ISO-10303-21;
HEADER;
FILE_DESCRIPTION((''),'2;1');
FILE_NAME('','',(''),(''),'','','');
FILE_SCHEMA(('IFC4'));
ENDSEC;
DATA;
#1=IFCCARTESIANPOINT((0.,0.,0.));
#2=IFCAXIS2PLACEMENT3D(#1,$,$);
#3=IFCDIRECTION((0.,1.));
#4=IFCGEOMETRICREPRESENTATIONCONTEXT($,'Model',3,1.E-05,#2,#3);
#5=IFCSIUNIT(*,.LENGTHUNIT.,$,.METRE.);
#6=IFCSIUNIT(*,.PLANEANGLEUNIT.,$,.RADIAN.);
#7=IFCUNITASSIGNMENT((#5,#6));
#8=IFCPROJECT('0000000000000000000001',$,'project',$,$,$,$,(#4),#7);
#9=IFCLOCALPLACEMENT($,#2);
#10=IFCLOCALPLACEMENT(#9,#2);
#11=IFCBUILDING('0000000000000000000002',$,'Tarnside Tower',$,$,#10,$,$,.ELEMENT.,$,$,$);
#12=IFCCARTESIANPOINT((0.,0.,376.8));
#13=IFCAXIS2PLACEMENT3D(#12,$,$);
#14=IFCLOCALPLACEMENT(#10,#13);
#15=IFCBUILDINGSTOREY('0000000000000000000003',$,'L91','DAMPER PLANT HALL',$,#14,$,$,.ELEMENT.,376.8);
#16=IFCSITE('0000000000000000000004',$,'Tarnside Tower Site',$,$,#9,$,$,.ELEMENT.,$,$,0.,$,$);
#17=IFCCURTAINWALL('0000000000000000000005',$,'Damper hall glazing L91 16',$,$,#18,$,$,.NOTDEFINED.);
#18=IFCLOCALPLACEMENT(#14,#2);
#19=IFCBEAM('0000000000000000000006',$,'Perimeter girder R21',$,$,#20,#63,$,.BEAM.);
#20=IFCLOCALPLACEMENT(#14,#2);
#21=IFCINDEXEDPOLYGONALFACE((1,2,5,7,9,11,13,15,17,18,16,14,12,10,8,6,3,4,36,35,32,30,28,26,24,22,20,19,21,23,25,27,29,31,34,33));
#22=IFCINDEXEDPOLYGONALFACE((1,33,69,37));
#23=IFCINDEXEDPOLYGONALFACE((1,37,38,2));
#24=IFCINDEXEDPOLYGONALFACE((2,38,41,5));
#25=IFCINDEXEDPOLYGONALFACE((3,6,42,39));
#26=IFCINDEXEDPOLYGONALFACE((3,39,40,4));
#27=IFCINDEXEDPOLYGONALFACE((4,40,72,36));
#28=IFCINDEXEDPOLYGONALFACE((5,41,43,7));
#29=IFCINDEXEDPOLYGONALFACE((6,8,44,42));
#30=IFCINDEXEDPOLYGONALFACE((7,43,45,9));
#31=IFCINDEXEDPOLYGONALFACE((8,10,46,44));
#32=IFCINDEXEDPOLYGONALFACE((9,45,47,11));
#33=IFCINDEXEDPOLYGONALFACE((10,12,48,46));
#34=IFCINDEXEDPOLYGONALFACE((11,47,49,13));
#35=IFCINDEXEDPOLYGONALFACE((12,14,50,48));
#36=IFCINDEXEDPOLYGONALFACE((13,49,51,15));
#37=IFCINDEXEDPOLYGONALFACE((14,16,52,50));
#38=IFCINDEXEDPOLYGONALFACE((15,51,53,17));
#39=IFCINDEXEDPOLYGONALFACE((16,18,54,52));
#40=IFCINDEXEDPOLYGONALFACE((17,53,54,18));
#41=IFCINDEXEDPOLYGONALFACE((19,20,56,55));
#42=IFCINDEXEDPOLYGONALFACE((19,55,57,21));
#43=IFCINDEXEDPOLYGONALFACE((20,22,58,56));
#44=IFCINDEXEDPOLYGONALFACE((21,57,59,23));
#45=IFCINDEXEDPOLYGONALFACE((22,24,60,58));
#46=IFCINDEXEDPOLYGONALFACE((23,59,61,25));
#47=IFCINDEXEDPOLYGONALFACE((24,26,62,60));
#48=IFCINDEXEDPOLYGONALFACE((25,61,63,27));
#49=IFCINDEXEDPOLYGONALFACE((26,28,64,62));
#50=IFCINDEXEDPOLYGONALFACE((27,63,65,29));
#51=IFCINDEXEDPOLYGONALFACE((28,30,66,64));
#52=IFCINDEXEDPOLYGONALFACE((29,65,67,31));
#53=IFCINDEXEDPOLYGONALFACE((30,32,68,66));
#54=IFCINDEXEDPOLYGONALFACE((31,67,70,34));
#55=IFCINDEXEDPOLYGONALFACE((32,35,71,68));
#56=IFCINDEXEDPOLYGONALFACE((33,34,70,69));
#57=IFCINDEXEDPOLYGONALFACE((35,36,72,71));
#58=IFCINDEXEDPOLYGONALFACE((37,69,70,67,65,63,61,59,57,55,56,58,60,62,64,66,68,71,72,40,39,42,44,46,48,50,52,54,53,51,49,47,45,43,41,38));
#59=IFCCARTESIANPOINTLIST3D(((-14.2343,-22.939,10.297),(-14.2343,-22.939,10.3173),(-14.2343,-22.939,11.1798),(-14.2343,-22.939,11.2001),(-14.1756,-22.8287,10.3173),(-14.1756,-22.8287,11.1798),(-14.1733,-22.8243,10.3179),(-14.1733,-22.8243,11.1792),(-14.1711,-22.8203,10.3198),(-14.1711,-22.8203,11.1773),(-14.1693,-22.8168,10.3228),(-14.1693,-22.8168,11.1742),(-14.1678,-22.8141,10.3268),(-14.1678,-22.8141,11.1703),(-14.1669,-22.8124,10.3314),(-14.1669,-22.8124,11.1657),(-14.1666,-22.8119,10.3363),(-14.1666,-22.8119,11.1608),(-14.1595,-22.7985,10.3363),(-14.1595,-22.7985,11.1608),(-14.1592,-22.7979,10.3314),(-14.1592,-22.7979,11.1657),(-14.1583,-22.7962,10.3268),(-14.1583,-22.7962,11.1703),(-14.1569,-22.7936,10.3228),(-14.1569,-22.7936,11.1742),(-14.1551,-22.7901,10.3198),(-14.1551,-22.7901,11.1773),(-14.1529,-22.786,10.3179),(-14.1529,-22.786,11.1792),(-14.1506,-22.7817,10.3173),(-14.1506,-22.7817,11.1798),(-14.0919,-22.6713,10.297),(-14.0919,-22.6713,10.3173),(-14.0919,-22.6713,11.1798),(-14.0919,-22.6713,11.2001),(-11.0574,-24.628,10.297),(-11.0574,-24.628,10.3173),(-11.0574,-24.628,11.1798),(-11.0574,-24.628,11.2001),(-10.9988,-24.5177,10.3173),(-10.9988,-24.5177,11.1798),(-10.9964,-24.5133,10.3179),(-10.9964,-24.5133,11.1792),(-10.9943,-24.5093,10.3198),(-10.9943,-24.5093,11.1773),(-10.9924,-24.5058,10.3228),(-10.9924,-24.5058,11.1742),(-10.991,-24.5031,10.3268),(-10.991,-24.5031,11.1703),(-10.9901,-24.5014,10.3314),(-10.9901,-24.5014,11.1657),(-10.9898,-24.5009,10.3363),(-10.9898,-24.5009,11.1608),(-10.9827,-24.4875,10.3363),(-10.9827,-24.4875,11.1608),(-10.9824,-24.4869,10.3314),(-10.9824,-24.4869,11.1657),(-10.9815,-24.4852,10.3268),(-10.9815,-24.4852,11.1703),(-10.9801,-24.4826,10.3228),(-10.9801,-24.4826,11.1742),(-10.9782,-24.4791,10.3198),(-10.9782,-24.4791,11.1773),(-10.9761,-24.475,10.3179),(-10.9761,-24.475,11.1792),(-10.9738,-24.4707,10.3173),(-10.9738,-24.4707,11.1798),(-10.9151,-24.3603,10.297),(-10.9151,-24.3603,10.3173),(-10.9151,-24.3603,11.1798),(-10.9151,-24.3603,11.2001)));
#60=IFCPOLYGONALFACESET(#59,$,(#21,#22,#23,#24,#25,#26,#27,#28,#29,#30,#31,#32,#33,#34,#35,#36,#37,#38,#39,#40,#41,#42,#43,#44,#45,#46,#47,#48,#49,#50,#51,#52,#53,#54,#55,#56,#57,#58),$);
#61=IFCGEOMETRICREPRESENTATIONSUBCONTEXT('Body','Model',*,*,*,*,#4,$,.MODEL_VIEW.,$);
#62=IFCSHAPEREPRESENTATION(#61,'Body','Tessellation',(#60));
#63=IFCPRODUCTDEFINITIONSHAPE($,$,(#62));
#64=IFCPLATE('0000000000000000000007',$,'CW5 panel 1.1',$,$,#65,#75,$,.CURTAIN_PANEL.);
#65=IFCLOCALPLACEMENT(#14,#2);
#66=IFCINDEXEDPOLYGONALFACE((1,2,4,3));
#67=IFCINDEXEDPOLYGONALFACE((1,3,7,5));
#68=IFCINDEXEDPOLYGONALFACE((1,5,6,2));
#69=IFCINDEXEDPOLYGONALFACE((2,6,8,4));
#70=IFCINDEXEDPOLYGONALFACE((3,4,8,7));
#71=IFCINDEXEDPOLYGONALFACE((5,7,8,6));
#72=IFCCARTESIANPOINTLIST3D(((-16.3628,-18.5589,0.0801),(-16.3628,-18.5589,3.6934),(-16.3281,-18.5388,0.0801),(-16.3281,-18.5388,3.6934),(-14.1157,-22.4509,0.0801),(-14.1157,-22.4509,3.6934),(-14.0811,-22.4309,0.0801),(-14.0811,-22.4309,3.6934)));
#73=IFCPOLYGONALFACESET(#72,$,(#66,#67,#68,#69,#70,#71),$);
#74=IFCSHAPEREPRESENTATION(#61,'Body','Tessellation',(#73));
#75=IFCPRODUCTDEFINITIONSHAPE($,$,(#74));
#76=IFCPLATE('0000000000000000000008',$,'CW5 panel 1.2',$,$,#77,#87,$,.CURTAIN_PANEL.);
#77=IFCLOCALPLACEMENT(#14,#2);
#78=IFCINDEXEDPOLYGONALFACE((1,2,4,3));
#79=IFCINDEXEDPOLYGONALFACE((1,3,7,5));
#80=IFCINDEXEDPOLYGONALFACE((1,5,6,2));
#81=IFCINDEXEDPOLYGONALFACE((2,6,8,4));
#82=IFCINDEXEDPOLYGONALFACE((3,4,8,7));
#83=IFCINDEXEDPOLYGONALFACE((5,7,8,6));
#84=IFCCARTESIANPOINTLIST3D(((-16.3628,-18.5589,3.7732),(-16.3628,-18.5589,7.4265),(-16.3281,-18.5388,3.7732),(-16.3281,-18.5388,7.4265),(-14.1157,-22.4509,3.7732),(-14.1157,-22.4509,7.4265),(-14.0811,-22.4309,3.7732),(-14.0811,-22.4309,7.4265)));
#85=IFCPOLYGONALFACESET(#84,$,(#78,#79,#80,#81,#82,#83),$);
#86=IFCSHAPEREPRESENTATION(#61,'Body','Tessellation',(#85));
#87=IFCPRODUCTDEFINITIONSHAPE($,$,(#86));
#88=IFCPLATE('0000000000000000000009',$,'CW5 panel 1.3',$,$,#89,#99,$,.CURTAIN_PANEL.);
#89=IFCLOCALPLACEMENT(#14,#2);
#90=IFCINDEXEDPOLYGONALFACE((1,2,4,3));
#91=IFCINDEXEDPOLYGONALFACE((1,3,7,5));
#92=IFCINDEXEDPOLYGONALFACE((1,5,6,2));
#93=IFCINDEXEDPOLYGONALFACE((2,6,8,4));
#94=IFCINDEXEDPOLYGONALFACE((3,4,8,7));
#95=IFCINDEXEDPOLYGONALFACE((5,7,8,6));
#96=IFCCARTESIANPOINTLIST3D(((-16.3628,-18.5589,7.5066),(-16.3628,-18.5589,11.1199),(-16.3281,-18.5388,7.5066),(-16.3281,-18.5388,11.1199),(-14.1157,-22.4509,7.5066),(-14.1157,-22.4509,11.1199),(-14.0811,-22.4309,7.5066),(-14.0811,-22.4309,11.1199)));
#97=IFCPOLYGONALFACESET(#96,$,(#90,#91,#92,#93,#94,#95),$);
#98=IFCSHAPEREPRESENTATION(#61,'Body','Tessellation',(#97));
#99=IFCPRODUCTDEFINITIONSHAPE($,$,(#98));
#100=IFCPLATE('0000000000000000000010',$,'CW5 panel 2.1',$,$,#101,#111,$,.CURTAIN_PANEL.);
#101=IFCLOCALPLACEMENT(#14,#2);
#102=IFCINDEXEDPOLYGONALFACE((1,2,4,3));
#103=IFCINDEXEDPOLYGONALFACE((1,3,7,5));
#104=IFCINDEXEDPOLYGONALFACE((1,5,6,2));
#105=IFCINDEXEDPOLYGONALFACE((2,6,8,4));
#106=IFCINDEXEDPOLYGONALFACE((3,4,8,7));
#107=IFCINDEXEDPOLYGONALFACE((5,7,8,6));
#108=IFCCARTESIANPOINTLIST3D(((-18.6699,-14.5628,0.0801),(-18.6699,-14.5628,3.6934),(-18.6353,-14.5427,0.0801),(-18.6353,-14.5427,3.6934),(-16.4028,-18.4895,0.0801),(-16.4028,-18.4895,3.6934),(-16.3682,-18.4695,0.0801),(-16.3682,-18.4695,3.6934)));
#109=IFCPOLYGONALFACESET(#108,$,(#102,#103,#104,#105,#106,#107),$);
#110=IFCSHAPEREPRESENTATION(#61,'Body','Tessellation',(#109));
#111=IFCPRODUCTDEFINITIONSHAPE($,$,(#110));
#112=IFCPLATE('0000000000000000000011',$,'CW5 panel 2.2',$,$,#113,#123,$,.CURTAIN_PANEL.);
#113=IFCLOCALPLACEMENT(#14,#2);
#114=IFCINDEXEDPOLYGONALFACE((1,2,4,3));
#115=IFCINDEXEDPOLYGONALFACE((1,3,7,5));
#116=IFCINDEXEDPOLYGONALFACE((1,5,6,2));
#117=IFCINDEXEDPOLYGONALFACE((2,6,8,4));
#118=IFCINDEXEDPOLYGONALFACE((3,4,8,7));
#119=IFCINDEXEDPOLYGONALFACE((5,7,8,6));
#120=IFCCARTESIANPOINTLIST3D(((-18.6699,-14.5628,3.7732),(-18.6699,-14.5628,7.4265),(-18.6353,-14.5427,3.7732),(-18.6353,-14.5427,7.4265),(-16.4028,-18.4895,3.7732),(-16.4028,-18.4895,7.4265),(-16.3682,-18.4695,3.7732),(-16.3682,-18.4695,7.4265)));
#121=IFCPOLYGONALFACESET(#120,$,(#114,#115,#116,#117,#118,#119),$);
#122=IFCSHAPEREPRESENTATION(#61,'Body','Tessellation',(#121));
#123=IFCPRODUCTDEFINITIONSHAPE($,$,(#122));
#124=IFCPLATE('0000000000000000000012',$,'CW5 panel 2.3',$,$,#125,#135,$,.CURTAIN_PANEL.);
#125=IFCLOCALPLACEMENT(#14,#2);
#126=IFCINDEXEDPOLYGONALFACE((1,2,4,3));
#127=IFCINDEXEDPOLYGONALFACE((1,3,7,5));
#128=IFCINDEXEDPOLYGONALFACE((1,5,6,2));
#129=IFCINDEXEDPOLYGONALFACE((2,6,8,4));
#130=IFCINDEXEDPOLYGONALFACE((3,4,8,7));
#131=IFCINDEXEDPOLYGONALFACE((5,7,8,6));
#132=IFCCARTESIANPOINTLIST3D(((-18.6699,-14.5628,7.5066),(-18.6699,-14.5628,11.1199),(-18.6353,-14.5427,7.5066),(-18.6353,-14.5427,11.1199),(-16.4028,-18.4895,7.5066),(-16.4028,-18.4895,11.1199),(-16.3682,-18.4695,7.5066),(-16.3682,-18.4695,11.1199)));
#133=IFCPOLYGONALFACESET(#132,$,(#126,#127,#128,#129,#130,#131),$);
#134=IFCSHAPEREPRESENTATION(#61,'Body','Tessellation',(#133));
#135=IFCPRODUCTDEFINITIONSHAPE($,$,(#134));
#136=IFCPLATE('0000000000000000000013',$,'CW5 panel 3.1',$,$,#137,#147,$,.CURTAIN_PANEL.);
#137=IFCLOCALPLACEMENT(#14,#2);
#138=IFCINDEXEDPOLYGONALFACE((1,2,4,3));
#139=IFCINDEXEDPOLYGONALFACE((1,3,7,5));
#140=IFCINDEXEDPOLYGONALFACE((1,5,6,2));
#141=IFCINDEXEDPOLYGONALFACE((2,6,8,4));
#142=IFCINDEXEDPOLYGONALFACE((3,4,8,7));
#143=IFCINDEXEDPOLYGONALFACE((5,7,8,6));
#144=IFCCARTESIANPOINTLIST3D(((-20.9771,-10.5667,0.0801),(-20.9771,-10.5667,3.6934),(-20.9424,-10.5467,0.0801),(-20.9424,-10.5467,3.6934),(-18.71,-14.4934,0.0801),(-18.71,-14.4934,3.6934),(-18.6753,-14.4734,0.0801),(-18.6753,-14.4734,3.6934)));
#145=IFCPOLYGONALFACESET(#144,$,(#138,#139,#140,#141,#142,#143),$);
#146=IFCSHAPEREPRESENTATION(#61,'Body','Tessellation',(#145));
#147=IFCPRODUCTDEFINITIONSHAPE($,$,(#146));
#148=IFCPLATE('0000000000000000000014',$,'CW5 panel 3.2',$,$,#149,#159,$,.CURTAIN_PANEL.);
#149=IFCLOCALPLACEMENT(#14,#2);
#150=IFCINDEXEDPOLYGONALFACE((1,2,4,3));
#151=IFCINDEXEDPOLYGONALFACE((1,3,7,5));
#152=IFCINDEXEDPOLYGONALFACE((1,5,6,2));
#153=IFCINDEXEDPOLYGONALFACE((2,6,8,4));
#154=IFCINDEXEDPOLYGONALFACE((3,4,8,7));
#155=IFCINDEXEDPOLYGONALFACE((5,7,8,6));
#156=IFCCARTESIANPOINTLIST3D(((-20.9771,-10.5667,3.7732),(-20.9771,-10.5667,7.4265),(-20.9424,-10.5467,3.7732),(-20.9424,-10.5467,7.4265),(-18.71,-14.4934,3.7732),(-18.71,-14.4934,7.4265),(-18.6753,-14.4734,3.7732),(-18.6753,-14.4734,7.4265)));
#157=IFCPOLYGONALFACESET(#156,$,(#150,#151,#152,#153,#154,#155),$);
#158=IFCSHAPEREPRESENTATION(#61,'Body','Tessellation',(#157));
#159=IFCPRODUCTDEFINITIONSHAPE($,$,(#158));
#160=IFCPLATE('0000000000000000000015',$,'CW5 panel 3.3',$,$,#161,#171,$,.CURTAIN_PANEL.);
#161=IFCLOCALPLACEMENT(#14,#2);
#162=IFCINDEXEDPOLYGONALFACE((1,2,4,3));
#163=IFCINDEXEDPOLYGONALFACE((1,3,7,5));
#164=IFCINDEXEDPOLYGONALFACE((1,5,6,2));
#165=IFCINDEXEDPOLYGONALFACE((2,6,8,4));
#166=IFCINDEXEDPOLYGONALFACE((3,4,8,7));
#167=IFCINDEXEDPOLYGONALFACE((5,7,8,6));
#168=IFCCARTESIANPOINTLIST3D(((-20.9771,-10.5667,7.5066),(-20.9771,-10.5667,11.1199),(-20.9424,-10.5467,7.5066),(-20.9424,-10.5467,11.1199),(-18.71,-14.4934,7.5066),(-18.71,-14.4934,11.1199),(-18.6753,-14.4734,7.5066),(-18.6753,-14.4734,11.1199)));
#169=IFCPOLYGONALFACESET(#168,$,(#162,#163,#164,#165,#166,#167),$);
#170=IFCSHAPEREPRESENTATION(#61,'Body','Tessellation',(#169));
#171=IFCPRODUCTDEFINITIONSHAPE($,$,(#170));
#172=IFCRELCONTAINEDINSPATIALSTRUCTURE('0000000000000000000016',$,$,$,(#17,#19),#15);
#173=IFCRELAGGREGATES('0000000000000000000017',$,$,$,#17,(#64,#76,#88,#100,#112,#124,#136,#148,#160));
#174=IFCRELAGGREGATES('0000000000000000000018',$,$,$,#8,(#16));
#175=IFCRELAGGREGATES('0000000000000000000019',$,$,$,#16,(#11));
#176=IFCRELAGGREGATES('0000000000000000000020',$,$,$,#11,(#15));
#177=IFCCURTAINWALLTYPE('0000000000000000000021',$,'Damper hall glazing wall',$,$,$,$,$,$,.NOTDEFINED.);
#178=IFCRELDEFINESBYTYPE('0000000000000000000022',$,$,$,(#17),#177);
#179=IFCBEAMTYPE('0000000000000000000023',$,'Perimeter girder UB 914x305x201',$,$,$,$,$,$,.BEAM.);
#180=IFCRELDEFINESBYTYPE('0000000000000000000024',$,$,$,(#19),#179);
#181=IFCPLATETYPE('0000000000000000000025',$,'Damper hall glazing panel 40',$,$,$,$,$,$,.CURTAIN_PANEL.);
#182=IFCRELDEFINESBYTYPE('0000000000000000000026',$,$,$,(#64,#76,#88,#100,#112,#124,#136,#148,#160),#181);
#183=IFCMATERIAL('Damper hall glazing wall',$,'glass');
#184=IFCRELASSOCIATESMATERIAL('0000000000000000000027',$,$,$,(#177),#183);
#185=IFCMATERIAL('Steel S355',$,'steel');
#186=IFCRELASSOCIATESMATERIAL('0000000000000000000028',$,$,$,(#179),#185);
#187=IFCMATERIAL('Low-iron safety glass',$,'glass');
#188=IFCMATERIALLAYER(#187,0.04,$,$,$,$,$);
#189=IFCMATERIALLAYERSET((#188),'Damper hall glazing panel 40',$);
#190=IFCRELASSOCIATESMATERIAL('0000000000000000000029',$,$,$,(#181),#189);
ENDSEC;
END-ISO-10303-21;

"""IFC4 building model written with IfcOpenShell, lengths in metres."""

from ifc_helpers import new_model, si_unit, direction, frame, origin, origin_2d, place, context, subcontext, project, spatial, rectangle, i_section, extrude, material, layer, layer_set, material_profile, profile_set, type_object, element, aggregate, save


model = new_model("IFC4")

# Units and contexts
model_context = context("Model", 3, precision=1e-05, world=origin(), true_north=direction((0.0, 1.0)))
body_context = subcontext(model_context, "Body", "Model", "MODEL_VIEW")
ifc_project = project(units=[si_unit("LENGTHUNIT", "METRE"), si_unit("PLANEANGLEUNIT", "RADIAN")], contexts=[model_context])

# Site, building, storey
site_placement = place(None, origin())
site = spatial("IfcSite", under=ifc_project, at=site_placement, Name="Tarnside Tower Site", CompositionType="ELEMENT", RefElevation=0.0)
building_placement = place(site_placement, origin())
building = spatial("IfcBuilding", under=site, at=building_placement, Name="Tarnside Tower", CompositionType="ELEMENT")
storey_placement = place(building_placement, frame((0.0, 0.0, 376.8)))
storey = spatial("IfcBuildingStorey", under=building, at=storey_placement, Name="L91", Description="DAMPER PLANT HALL", CompositionType="ELEMENT", Elevation=376.8)

# Shared definitions
ifc_material_1 = material(Name="Steel S355", Category="steel")

# Curtain wall
ifc_material_2 = material(Name="Damper hall glazing wall", Category="glass")
curtain_wall_type = type_object("IfcCurtainWallType", Name="Damper hall glazing wall", PredefinedType="NOTDEFINED", material=ifc_material_2)
curtain_wall_placement = place(storey_placement, origin())
curtain_wall = element("IfcCurtainWall", 1, at=curtain_wall_placement, inside=storey, type_object=curtain_wall_type, Name="Damper hall glazing L91 16", PredefinedType="NOTDEFINED")

# Beam
ifc_material_profile_1 = material_profile(ifc_material_1, i_section(OverallWidth=0.3032, OverallDepth=0.9031, WebThickness=0.0151, FlangeThickness=0.0203, FilletRadius=0.019, at=origin_2d()), Name="UB 914x305x201")
ifc_profile_set_1 = profile_set([ifc_material_profile_1], Name="Steel S355")
beam_type_1 = type_object("IfcBeamType", Name="Perimeter girder UB 914x305x201", PredefinedType="BEAM", material=ifc_profile_set_1)
beam_1_placement = place(storey_placement, frame((-14.1631, -22.8052, 10.7485), z_axis=(0.882965, -0.46944, 0.0), x_axis=(0.46944, 0.882965, 0.0)))
element("IfcBeam", 2, at=beam_1_placement, inside=storey, type_object=beam_type_1, Name="Perimeter girder R21", PredefinedType="BEAM", context=body_context, shape_type="SweptSolid", body=[
    extrude(i_section(OverallWidth=0.3032, OverallDepth=0.9031, WebThickness=0.0151, FlangeThickness=0.0203, FilletRadius=0.019, at=origin_2d()), origin(), (0.0, 0.0, 1.0), 3.5979),
])

# Plates
ifc_material_3 = material(Name="Low-iron safety glass", Category="glass")
ifc_layer = layer(ifc_material_3, 0.04)
ifc_layer_set = layer_set([ifc_layer], Name="Damper hall glazing panel 40")
plate_type = type_object("IfcPlateType", Name="Damper hall glazing panel 40", PredefinedType="CURTAIN_PANEL", material=ifc_layer_set)
plate_1_placement = place(storey_placement, frame((-15.2219, -20.4949, 0.0801), z_axis=(0.0, 0.0, 1.0), x_axis=(-0.5, 0.866025, 0.0)))
plate_1 = element("IfcPlate", 3, at=plate_1_placement, type_object=plate_type, Name="CW5 panel 1.1", PredefinedType="CURTAIN_PANEL", context=body_context, shape_type="SweptSolid", body=[
    extrude(rectangle(XDim=4.4941, YDim=0.04, at=origin_2d()), origin(), (0.0, 0.0, 1.0), 3.6133),
])
plate_2_placement = place(storey_placement, frame((-15.2219, -20.4949, 3.7732), z_axis=(0.0, 0.0, 1.0), x_axis=(-0.5, 0.866025, 0.0)))
plate_2 = element("IfcPlate", 4, at=plate_2_placement, type_object=plate_type, Name="CW5 panel 1.2", PredefinedType="CURTAIN_PANEL", context=body_context, shape_type="SweptSolid", body=[
    extrude(rectangle(XDim=4.4941, YDim=0.04, at=origin_2d()), origin(), (0.0, 0.0, 1.0), 3.6533),
])
plate_3_placement = place(storey_placement, frame((-15.2219, -20.4949, 7.5066), z_axis=(0.0, 0.0, 1.0), x_axis=(-0.5, 0.866025, 0.0)))
plate_3 = element("IfcPlate", 5, at=plate_3_placement, type_object=plate_type, Name="CW5 panel 1.3", PredefinedType="CURTAIN_PANEL", context=body_context, shape_type="SweptSolid", body=[
    extrude(rectangle(XDim=4.4941, YDim=0.04, at=origin_2d()), origin(), (0.0, 0.0, 1.0), 3.6133),
])
plate_4_placement = place(storey_placement, frame((-17.519, -16.5161, 0.0801), z_axis=(0.0, 0.0, 1.0), x_axis=(-0.5, 0.866025, 0.0)))
plate_4 = element("IfcPlate", 6, at=plate_4_placement, type_object=plate_type, Name="CW5 panel 2.1", PredefinedType="CURTAIN_PANEL", context=body_context, shape_type="SweptSolid", body=[
    extrude(rectangle(XDim=4.5342, YDim=0.04, at=origin_2d()), origin(), (0.0, 0.0, 1.0), 3.6133),
])
plate_5_placement = place(storey_placement, frame((-17.519, -16.5161, 3.7732), z_axis=(0.0, 0.0, 1.0), x_axis=(-0.5, 0.866025, 0.0)))
plate_5 = element("IfcPlate", 7, at=plate_5_placement, type_object=plate_type, Name="CW5 panel 2.2", PredefinedType="CURTAIN_PANEL", context=body_context, shape_type="SweptSolid", body=[
    extrude(rectangle(XDim=4.5342, YDim=0.04, at=origin_2d()), origin(), (0.0, 0.0, 1.0), 3.6533),
])
plate_6_placement = place(storey_placement, frame((-17.519, -16.5161, 7.5066), z_axis=(0.0, 0.0, 1.0), x_axis=(-0.5, 0.866025, 0.0)))
plate_6 = element("IfcPlate", 8, at=plate_6_placement, type_object=plate_type, Name="CW5 panel 2.3", PredefinedType="CURTAIN_PANEL", context=body_context, shape_type="SweptSolid", body=[
    extrude(rectangle(XDim=4.5342, YDim=0.04, at=origin_2d()), origin(), (0.0, 0.0, 1.0), 3.6133),
])
plate_7_placement = place(storey_placement, frame((-19.8262, -12.52, 0.0801), z_axis=(0.0, 0.0, 1.0), x_axis=(-0.5, 0.866025, 0.0)))
plate_7 = element("IfcPlate", 9, at=plate_7_placement, type_object=plate_type, Name="CW5 panel 3.1", PredefinedType="CURTAIN_PANEL", context=body_context, shape_type="SweptSolid", body=[
    extrude(rectangle(XDim=4.5342, YDim=0.04, at=origin_2d()), origin(), (0.0, 0.0, 1.0), 3.6133),
])
plate_8_placement = place(storey_placement, frame((-19.8262, -12.52, 3.7732), z_axis=(0.0, 0.0, 1.0), x_axis=(-0.5, 0.866025, 0.0)))
plate_8 = element("IfcPlate", 10, at=plate_8_placement, type_object=plate_type, Name="CW5 panel 3.2", PredefinedType="CURTAIN_PANEL", context=body_context, shape_type="SweptSolid", body=[
    extrude(rectangle(XDim=4.5342, YDim=0.04, at=origin_2d()), origin(), (0.0, 0.0, 1.0), 3.6533),
])
plate_9_placement = place(storey_placement, frame((-19.8262, -12.52, 7.5066), z_axis=(0.0, 0.0, 1.0), x_axis=(-0.5, 0.866025, 0.0)))
plate_9 = element("IfcPlate", 11, at=plate_9_placement, type_object=plate_type, Name="CW5 panel 3.3", PredefinedType="CURTAIN_PANEL", context=body_context, shape_type="SweptSolid", body=[
    extrude(rectangle(XDim=4.5342, YDim=0.04, at=origin_2d()), origin(), (0.0, 0.0, 1.0), 3.6133),
])
aggregate(curtain_wall, [plate_1, plate_2, plate_3, plate_4, plate_5, plate_6, plate_7, plate_8, plate_9])

save(model, "model.ifc")
